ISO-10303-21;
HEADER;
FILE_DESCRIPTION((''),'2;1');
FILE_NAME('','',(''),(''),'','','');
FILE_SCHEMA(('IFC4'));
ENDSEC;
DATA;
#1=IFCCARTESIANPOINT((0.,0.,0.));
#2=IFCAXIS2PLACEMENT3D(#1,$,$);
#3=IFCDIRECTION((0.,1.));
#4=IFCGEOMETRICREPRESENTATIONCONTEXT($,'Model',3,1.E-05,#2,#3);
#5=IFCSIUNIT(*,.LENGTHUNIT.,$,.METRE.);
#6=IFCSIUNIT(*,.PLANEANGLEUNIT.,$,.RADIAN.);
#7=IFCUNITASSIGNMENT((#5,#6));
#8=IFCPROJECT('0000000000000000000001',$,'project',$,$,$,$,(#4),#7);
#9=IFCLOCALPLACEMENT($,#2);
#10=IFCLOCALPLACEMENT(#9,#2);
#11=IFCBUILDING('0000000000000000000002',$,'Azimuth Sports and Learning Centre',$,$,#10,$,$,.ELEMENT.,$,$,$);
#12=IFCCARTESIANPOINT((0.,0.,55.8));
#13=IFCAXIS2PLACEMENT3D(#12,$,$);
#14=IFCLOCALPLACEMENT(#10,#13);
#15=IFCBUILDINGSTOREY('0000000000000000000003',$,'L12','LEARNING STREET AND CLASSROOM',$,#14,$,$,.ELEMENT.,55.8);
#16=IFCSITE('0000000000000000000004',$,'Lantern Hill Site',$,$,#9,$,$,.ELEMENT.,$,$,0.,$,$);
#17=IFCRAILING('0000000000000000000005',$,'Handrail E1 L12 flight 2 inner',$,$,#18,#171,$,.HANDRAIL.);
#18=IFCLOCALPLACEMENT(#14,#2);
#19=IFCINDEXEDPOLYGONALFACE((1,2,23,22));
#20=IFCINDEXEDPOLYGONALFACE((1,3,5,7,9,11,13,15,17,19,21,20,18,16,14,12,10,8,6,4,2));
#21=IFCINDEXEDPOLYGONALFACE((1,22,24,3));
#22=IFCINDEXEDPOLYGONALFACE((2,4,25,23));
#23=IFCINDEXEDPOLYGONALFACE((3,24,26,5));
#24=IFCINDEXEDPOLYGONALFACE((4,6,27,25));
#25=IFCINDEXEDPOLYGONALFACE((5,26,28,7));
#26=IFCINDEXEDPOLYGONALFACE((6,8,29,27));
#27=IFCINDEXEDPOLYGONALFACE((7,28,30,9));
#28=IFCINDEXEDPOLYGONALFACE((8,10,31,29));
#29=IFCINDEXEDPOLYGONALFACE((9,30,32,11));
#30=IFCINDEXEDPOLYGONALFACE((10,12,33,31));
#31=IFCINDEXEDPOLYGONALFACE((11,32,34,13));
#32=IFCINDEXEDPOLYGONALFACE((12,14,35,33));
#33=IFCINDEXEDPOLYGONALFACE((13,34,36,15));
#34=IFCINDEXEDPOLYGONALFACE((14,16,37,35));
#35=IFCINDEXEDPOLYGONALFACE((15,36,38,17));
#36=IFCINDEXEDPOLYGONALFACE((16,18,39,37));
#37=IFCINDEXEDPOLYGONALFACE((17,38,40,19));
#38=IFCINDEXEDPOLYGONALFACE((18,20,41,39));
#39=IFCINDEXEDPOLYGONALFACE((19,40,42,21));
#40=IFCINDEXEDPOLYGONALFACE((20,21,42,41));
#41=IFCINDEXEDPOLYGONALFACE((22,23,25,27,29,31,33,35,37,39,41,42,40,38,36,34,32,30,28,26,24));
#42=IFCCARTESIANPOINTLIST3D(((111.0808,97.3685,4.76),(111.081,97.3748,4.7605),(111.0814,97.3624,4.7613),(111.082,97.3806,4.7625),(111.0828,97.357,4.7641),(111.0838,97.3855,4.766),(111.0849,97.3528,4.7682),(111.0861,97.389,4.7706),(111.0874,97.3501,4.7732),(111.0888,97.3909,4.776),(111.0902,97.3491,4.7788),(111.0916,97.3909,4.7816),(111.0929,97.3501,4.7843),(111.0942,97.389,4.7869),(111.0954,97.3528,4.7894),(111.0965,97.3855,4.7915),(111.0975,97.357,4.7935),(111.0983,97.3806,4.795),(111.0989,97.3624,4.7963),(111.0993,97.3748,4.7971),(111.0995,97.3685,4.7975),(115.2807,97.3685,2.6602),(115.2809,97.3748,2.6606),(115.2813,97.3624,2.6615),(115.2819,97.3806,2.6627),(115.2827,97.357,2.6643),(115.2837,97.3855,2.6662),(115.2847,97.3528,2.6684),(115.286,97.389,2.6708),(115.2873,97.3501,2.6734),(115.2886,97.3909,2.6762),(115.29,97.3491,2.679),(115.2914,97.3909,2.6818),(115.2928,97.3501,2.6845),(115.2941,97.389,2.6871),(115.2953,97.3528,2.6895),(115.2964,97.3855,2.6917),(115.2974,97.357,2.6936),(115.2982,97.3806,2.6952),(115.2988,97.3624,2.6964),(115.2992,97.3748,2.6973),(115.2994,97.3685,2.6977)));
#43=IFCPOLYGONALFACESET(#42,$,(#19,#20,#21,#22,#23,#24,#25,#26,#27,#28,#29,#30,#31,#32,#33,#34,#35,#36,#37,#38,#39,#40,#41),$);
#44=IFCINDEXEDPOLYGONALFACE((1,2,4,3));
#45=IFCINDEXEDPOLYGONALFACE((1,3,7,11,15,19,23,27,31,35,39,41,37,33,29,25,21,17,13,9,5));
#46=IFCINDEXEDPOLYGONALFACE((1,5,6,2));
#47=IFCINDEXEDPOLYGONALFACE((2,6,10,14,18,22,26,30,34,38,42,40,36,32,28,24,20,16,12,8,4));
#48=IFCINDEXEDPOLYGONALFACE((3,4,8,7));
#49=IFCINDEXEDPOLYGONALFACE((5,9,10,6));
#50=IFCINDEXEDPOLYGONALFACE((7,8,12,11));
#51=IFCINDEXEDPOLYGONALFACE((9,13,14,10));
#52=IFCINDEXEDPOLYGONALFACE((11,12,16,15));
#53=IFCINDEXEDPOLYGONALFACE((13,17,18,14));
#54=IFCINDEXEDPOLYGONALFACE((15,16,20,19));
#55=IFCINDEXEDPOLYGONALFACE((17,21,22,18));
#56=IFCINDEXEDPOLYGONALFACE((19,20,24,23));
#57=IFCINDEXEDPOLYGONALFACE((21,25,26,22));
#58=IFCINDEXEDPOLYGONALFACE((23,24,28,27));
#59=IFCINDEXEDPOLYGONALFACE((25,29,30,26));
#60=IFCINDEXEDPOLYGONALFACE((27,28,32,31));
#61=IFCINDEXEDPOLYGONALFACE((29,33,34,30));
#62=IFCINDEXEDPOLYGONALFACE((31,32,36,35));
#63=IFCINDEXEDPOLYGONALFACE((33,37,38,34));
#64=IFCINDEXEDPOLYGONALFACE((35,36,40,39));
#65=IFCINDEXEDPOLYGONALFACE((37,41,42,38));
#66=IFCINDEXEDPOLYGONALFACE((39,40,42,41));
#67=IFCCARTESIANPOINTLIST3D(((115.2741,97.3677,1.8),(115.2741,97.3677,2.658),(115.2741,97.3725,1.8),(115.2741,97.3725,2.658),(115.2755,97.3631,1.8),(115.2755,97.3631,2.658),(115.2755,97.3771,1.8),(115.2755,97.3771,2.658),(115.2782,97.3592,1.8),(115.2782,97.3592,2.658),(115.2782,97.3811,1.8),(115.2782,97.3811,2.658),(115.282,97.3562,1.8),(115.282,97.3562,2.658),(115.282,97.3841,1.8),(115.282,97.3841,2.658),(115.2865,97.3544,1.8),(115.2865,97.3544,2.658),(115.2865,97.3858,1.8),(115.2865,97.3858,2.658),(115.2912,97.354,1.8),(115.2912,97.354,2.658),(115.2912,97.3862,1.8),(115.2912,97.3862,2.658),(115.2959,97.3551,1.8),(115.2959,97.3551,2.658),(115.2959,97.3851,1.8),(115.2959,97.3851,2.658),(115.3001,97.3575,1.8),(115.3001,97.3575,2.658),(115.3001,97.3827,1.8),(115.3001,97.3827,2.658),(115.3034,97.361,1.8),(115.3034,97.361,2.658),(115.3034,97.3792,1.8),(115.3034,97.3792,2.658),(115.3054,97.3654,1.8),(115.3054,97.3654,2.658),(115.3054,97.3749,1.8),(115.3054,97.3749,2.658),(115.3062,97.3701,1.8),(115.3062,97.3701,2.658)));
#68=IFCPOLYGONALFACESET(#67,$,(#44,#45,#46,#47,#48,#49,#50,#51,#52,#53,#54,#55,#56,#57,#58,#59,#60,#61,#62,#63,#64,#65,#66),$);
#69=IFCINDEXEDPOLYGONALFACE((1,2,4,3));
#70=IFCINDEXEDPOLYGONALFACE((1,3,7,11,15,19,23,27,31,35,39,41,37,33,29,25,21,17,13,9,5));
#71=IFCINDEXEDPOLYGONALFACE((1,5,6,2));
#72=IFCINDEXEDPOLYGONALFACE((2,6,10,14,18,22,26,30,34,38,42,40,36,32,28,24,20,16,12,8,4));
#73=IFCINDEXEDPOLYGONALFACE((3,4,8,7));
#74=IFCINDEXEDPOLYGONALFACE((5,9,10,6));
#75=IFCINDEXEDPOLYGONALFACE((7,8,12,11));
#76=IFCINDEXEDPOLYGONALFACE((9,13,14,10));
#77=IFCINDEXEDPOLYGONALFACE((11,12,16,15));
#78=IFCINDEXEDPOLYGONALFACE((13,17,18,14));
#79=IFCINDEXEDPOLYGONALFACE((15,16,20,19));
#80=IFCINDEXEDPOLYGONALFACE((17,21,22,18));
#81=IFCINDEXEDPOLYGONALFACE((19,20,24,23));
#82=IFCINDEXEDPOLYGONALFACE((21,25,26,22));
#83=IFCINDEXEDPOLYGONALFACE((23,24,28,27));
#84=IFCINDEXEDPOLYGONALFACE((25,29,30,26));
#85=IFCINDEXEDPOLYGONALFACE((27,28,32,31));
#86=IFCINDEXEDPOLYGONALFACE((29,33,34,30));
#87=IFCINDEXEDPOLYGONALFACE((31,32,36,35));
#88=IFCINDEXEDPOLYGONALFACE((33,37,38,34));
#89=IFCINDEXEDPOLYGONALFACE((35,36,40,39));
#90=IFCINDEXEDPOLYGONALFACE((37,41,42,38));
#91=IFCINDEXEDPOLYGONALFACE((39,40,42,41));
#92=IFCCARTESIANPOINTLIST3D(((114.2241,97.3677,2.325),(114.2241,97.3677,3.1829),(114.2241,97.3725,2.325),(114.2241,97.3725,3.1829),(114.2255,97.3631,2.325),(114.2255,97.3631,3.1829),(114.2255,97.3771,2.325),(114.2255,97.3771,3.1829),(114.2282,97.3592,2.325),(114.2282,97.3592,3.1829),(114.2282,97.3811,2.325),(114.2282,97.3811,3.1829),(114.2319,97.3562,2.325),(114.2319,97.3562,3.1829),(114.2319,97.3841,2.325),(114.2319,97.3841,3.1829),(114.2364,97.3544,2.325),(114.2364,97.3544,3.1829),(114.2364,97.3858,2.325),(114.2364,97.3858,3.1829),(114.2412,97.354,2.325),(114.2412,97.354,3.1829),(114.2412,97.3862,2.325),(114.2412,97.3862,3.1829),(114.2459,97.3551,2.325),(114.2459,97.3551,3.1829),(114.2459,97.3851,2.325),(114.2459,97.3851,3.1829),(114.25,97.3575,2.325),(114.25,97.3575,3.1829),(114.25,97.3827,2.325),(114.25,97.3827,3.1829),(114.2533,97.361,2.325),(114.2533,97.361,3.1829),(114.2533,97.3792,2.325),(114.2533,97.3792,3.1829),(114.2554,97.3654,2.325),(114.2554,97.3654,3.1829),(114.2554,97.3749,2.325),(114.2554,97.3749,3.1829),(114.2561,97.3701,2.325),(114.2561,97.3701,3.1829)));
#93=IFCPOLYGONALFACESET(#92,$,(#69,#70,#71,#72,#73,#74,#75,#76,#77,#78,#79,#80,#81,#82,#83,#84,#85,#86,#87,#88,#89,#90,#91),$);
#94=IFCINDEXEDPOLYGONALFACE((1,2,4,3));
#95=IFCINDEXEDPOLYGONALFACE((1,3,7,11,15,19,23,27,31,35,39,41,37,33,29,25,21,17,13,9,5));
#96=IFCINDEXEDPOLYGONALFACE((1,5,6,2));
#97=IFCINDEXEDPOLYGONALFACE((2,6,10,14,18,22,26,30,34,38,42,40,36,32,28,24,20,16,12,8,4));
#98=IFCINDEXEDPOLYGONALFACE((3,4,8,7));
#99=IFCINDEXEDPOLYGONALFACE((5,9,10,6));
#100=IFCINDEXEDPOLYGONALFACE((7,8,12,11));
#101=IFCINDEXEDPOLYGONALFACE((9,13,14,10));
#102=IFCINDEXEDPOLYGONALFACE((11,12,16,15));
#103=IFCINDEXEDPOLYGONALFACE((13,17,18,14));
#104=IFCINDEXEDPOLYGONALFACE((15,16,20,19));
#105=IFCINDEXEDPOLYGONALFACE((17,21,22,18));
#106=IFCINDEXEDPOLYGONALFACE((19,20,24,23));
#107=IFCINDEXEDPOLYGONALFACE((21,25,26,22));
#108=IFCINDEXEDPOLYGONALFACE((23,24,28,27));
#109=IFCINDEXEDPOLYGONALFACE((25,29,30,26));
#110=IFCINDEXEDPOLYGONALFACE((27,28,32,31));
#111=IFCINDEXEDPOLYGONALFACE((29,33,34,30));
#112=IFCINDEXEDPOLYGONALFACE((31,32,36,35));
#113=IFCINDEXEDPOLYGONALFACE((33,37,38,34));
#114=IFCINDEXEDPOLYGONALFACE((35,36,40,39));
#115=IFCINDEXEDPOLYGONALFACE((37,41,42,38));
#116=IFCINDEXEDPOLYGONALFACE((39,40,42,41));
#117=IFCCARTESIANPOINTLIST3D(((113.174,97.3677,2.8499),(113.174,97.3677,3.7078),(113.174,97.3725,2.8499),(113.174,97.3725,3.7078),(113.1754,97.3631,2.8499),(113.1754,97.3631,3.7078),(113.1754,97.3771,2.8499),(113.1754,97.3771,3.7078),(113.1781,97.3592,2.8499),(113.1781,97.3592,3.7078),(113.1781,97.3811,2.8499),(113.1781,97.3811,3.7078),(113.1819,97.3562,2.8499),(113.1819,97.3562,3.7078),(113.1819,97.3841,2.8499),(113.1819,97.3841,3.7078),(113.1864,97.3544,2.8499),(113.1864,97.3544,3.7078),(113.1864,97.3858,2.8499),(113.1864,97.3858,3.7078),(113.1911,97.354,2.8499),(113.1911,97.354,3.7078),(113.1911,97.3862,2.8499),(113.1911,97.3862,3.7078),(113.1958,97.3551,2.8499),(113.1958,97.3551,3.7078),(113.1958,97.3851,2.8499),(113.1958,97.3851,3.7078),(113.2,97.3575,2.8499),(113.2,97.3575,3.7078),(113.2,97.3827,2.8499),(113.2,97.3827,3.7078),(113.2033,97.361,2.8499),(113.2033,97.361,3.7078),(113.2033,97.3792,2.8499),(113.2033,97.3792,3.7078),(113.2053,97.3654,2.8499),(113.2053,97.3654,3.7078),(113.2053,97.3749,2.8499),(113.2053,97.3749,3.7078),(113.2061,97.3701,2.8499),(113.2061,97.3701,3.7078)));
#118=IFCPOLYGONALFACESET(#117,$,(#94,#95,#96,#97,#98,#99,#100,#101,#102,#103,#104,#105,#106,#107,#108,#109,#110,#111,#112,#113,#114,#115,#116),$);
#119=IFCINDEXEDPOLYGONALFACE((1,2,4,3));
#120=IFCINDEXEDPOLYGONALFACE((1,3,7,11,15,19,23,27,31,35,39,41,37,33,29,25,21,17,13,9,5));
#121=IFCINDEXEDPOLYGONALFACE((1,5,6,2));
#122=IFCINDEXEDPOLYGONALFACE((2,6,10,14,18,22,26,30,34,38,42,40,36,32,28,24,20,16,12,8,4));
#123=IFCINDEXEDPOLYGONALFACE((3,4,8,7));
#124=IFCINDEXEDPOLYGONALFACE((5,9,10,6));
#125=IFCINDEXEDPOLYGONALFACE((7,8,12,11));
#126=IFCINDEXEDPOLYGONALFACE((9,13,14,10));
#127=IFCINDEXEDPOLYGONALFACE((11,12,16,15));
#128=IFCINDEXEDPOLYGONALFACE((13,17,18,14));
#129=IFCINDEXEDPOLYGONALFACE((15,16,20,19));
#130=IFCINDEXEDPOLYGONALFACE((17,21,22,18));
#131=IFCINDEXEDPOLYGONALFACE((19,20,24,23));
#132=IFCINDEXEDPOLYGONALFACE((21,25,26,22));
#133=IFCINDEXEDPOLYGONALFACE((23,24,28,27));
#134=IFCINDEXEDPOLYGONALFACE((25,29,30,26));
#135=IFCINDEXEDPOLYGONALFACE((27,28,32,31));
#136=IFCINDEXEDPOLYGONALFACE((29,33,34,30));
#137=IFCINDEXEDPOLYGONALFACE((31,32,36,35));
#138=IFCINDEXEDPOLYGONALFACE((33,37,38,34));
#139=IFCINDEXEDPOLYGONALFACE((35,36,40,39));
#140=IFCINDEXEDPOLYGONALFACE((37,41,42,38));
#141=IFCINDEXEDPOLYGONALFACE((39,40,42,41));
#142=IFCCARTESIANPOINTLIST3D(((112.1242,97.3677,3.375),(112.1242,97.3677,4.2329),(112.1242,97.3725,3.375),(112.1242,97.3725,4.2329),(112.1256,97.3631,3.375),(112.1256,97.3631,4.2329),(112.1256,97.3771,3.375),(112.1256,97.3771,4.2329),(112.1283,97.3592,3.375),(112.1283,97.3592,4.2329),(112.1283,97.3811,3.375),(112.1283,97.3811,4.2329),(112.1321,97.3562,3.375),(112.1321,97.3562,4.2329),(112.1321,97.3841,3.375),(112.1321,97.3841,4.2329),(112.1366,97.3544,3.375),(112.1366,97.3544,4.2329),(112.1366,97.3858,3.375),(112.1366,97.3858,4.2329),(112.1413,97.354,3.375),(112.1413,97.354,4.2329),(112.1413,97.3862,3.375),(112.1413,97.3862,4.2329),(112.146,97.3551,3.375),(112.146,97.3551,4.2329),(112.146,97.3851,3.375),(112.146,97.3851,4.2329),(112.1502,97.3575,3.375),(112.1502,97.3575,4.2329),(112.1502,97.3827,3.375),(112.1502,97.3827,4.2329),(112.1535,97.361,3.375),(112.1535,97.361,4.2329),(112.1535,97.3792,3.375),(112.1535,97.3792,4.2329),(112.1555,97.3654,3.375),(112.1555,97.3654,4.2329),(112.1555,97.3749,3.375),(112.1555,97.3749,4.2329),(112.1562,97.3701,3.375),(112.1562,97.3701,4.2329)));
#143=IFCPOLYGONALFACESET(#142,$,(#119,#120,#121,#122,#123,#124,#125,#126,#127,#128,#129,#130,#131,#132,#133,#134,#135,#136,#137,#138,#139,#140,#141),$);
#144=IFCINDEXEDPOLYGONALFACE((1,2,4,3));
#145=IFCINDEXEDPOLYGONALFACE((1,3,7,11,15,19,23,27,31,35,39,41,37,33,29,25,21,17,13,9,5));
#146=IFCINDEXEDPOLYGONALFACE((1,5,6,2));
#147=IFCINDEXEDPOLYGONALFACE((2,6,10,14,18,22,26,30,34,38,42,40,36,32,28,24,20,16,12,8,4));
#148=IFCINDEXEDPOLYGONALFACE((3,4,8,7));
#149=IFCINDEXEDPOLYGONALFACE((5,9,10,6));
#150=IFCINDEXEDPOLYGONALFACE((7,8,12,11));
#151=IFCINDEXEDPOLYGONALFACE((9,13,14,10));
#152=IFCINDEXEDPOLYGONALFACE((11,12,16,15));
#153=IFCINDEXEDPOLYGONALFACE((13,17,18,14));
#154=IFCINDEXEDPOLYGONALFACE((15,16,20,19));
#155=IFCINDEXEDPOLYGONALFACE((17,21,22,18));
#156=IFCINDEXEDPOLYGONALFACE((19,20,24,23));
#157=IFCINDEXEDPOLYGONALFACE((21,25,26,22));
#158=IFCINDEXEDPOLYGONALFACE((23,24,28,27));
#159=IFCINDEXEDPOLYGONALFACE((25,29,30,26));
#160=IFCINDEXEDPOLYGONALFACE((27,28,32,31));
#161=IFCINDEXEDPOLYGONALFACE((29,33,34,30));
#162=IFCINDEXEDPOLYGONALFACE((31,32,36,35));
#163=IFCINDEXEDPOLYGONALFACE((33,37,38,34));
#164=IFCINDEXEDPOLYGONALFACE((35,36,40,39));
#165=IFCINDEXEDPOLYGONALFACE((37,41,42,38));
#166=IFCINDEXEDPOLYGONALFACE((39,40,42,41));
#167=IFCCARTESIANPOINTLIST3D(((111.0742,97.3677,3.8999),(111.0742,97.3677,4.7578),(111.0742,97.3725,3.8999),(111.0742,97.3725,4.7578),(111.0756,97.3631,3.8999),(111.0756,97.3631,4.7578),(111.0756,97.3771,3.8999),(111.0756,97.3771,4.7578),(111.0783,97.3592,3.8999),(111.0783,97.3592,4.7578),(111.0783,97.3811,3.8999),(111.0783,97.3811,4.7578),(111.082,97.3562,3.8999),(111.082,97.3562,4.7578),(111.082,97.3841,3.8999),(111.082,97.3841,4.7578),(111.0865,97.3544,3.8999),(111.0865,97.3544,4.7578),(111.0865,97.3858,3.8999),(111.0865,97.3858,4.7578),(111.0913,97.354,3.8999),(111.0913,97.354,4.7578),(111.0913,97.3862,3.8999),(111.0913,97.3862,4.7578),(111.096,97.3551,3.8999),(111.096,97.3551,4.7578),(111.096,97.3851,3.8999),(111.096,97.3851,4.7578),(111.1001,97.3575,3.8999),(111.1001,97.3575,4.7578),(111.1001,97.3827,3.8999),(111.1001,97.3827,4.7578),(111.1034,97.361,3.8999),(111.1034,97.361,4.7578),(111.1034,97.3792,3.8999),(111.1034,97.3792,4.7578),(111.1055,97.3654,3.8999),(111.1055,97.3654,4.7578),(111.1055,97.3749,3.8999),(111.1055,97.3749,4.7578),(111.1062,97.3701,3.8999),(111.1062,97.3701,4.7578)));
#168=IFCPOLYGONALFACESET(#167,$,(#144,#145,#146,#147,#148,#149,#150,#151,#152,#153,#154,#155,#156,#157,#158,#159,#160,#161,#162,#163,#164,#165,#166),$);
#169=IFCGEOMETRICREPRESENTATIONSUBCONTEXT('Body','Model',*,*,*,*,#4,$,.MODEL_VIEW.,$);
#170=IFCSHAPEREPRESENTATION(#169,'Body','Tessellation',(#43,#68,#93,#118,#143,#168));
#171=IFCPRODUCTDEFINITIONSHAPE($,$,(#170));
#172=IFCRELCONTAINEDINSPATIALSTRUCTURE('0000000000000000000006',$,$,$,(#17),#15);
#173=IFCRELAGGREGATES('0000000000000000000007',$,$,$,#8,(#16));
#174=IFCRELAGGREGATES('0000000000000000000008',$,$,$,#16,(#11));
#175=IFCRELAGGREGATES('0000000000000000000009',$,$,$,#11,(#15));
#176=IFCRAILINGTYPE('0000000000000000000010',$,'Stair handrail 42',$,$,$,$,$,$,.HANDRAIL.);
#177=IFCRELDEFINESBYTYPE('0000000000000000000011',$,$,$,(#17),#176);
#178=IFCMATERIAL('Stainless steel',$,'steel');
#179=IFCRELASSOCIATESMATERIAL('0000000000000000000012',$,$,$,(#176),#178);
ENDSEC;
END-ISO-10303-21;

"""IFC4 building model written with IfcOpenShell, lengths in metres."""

from ifc_helpers import new_model, si_unit, direction, frame, origin, origin_2d, place, context, subcontext, project, spatial, circle, extrude, material, type_object, element, save


model = new_model("IFC4")

# Units and contexts
model_context = context("Model", 3, precision=1e-05, world=origin(), true_north=direction((0.0, 1.0)))
body_context = subcontext(model_context, "Body", "Model", "MODEL_VIEW")
ifc_project = project(units=[si_unit("LENGTHUNIT", "METRE"), si_unit("PLANEANGLEUNIT", "RADIAN")], contexts=[model_context])

# Site, building, storey
site_placement = place(None, origin())
site = spatial("IfcSite", under=ifc_project, at=site_placement, Name="Lantern Hill Site", CompositionType="ELEMENT", RefElevation=0.0)
building_placement = place(site_placement, origin())
building = spatial("IfcBuilding", under=site, at=building_placement, Name="Azimuth Sports and Learning Centre", CompositionType="ELEMENT")
storey_placement = place(building_placement, frame((0.0, 0.0, 55.8)))
storey = spatial("IfcBuildingStorey", under=building, at=storey_placement, Name="L12", Description="LEARNING STREET AND CLASSROOM", CompositionType="ELEMENT", Elevation=55.8)

# Railing
ifc_material_1 = material(Name="Stainless steel", Category="steel")
railing_type_1 = type_object("IfcRailingType", Name="Stair handrail 42", PredefinedType="HANDRAIL", material=ifc_material_1)
for number, where, name in (
    (1, (115.29, 97.3701, 1.8), "Handrail E1 L12 flight 2 inner"),
):
    element("IfcRailing", number, at=place(storey_placement, frame(where)), inside=storey, type_object=railing_type_1, Name=name, PredefinedType="HANDRAIL", context=body_context, shape_type="SweptSolid", body=[
        extrude(circle(Radius=0.021, at=origin_2d()), frame((0.0, 0.0, 0.8789), z_axis=(-0.894438, 0.0, 0.447193), x_axis=(0.0, -1.0, 0.0)), (0.0, 0.0, 1.0), 4.6956),
        extrude(circle(Radius=0.0161, at=origin_2d()), origin(), (0.0, 0.0, 1.0), 0.8579),
        extrude(circle(Radius=0.0161, at=origin_2d()), frame((-1.05, 0.0, 0.5249)), (0.0, 0.0, 1.0), 0.8579),
        extrude(circle(Radius=0.0161, at=origin_2d()), frame((-2.1001, 0.0, 1.0498)), (0.0, 0.0, 1.0), 0.8579),
        extrude(circle(Radius=0.0161, at=origin_2d()), frame((-3.1499, 0.0, 1.575)), (0.0, 0.0, 1.0), 0.8579),
        extrude(circle(Radius=0.0161, at=origin_2d()), frame((-4.2, 0.0, 2.0999)), (0.0, 0.0, 1.0), 0.8579),
    ])

save(model, "model.ifc")
